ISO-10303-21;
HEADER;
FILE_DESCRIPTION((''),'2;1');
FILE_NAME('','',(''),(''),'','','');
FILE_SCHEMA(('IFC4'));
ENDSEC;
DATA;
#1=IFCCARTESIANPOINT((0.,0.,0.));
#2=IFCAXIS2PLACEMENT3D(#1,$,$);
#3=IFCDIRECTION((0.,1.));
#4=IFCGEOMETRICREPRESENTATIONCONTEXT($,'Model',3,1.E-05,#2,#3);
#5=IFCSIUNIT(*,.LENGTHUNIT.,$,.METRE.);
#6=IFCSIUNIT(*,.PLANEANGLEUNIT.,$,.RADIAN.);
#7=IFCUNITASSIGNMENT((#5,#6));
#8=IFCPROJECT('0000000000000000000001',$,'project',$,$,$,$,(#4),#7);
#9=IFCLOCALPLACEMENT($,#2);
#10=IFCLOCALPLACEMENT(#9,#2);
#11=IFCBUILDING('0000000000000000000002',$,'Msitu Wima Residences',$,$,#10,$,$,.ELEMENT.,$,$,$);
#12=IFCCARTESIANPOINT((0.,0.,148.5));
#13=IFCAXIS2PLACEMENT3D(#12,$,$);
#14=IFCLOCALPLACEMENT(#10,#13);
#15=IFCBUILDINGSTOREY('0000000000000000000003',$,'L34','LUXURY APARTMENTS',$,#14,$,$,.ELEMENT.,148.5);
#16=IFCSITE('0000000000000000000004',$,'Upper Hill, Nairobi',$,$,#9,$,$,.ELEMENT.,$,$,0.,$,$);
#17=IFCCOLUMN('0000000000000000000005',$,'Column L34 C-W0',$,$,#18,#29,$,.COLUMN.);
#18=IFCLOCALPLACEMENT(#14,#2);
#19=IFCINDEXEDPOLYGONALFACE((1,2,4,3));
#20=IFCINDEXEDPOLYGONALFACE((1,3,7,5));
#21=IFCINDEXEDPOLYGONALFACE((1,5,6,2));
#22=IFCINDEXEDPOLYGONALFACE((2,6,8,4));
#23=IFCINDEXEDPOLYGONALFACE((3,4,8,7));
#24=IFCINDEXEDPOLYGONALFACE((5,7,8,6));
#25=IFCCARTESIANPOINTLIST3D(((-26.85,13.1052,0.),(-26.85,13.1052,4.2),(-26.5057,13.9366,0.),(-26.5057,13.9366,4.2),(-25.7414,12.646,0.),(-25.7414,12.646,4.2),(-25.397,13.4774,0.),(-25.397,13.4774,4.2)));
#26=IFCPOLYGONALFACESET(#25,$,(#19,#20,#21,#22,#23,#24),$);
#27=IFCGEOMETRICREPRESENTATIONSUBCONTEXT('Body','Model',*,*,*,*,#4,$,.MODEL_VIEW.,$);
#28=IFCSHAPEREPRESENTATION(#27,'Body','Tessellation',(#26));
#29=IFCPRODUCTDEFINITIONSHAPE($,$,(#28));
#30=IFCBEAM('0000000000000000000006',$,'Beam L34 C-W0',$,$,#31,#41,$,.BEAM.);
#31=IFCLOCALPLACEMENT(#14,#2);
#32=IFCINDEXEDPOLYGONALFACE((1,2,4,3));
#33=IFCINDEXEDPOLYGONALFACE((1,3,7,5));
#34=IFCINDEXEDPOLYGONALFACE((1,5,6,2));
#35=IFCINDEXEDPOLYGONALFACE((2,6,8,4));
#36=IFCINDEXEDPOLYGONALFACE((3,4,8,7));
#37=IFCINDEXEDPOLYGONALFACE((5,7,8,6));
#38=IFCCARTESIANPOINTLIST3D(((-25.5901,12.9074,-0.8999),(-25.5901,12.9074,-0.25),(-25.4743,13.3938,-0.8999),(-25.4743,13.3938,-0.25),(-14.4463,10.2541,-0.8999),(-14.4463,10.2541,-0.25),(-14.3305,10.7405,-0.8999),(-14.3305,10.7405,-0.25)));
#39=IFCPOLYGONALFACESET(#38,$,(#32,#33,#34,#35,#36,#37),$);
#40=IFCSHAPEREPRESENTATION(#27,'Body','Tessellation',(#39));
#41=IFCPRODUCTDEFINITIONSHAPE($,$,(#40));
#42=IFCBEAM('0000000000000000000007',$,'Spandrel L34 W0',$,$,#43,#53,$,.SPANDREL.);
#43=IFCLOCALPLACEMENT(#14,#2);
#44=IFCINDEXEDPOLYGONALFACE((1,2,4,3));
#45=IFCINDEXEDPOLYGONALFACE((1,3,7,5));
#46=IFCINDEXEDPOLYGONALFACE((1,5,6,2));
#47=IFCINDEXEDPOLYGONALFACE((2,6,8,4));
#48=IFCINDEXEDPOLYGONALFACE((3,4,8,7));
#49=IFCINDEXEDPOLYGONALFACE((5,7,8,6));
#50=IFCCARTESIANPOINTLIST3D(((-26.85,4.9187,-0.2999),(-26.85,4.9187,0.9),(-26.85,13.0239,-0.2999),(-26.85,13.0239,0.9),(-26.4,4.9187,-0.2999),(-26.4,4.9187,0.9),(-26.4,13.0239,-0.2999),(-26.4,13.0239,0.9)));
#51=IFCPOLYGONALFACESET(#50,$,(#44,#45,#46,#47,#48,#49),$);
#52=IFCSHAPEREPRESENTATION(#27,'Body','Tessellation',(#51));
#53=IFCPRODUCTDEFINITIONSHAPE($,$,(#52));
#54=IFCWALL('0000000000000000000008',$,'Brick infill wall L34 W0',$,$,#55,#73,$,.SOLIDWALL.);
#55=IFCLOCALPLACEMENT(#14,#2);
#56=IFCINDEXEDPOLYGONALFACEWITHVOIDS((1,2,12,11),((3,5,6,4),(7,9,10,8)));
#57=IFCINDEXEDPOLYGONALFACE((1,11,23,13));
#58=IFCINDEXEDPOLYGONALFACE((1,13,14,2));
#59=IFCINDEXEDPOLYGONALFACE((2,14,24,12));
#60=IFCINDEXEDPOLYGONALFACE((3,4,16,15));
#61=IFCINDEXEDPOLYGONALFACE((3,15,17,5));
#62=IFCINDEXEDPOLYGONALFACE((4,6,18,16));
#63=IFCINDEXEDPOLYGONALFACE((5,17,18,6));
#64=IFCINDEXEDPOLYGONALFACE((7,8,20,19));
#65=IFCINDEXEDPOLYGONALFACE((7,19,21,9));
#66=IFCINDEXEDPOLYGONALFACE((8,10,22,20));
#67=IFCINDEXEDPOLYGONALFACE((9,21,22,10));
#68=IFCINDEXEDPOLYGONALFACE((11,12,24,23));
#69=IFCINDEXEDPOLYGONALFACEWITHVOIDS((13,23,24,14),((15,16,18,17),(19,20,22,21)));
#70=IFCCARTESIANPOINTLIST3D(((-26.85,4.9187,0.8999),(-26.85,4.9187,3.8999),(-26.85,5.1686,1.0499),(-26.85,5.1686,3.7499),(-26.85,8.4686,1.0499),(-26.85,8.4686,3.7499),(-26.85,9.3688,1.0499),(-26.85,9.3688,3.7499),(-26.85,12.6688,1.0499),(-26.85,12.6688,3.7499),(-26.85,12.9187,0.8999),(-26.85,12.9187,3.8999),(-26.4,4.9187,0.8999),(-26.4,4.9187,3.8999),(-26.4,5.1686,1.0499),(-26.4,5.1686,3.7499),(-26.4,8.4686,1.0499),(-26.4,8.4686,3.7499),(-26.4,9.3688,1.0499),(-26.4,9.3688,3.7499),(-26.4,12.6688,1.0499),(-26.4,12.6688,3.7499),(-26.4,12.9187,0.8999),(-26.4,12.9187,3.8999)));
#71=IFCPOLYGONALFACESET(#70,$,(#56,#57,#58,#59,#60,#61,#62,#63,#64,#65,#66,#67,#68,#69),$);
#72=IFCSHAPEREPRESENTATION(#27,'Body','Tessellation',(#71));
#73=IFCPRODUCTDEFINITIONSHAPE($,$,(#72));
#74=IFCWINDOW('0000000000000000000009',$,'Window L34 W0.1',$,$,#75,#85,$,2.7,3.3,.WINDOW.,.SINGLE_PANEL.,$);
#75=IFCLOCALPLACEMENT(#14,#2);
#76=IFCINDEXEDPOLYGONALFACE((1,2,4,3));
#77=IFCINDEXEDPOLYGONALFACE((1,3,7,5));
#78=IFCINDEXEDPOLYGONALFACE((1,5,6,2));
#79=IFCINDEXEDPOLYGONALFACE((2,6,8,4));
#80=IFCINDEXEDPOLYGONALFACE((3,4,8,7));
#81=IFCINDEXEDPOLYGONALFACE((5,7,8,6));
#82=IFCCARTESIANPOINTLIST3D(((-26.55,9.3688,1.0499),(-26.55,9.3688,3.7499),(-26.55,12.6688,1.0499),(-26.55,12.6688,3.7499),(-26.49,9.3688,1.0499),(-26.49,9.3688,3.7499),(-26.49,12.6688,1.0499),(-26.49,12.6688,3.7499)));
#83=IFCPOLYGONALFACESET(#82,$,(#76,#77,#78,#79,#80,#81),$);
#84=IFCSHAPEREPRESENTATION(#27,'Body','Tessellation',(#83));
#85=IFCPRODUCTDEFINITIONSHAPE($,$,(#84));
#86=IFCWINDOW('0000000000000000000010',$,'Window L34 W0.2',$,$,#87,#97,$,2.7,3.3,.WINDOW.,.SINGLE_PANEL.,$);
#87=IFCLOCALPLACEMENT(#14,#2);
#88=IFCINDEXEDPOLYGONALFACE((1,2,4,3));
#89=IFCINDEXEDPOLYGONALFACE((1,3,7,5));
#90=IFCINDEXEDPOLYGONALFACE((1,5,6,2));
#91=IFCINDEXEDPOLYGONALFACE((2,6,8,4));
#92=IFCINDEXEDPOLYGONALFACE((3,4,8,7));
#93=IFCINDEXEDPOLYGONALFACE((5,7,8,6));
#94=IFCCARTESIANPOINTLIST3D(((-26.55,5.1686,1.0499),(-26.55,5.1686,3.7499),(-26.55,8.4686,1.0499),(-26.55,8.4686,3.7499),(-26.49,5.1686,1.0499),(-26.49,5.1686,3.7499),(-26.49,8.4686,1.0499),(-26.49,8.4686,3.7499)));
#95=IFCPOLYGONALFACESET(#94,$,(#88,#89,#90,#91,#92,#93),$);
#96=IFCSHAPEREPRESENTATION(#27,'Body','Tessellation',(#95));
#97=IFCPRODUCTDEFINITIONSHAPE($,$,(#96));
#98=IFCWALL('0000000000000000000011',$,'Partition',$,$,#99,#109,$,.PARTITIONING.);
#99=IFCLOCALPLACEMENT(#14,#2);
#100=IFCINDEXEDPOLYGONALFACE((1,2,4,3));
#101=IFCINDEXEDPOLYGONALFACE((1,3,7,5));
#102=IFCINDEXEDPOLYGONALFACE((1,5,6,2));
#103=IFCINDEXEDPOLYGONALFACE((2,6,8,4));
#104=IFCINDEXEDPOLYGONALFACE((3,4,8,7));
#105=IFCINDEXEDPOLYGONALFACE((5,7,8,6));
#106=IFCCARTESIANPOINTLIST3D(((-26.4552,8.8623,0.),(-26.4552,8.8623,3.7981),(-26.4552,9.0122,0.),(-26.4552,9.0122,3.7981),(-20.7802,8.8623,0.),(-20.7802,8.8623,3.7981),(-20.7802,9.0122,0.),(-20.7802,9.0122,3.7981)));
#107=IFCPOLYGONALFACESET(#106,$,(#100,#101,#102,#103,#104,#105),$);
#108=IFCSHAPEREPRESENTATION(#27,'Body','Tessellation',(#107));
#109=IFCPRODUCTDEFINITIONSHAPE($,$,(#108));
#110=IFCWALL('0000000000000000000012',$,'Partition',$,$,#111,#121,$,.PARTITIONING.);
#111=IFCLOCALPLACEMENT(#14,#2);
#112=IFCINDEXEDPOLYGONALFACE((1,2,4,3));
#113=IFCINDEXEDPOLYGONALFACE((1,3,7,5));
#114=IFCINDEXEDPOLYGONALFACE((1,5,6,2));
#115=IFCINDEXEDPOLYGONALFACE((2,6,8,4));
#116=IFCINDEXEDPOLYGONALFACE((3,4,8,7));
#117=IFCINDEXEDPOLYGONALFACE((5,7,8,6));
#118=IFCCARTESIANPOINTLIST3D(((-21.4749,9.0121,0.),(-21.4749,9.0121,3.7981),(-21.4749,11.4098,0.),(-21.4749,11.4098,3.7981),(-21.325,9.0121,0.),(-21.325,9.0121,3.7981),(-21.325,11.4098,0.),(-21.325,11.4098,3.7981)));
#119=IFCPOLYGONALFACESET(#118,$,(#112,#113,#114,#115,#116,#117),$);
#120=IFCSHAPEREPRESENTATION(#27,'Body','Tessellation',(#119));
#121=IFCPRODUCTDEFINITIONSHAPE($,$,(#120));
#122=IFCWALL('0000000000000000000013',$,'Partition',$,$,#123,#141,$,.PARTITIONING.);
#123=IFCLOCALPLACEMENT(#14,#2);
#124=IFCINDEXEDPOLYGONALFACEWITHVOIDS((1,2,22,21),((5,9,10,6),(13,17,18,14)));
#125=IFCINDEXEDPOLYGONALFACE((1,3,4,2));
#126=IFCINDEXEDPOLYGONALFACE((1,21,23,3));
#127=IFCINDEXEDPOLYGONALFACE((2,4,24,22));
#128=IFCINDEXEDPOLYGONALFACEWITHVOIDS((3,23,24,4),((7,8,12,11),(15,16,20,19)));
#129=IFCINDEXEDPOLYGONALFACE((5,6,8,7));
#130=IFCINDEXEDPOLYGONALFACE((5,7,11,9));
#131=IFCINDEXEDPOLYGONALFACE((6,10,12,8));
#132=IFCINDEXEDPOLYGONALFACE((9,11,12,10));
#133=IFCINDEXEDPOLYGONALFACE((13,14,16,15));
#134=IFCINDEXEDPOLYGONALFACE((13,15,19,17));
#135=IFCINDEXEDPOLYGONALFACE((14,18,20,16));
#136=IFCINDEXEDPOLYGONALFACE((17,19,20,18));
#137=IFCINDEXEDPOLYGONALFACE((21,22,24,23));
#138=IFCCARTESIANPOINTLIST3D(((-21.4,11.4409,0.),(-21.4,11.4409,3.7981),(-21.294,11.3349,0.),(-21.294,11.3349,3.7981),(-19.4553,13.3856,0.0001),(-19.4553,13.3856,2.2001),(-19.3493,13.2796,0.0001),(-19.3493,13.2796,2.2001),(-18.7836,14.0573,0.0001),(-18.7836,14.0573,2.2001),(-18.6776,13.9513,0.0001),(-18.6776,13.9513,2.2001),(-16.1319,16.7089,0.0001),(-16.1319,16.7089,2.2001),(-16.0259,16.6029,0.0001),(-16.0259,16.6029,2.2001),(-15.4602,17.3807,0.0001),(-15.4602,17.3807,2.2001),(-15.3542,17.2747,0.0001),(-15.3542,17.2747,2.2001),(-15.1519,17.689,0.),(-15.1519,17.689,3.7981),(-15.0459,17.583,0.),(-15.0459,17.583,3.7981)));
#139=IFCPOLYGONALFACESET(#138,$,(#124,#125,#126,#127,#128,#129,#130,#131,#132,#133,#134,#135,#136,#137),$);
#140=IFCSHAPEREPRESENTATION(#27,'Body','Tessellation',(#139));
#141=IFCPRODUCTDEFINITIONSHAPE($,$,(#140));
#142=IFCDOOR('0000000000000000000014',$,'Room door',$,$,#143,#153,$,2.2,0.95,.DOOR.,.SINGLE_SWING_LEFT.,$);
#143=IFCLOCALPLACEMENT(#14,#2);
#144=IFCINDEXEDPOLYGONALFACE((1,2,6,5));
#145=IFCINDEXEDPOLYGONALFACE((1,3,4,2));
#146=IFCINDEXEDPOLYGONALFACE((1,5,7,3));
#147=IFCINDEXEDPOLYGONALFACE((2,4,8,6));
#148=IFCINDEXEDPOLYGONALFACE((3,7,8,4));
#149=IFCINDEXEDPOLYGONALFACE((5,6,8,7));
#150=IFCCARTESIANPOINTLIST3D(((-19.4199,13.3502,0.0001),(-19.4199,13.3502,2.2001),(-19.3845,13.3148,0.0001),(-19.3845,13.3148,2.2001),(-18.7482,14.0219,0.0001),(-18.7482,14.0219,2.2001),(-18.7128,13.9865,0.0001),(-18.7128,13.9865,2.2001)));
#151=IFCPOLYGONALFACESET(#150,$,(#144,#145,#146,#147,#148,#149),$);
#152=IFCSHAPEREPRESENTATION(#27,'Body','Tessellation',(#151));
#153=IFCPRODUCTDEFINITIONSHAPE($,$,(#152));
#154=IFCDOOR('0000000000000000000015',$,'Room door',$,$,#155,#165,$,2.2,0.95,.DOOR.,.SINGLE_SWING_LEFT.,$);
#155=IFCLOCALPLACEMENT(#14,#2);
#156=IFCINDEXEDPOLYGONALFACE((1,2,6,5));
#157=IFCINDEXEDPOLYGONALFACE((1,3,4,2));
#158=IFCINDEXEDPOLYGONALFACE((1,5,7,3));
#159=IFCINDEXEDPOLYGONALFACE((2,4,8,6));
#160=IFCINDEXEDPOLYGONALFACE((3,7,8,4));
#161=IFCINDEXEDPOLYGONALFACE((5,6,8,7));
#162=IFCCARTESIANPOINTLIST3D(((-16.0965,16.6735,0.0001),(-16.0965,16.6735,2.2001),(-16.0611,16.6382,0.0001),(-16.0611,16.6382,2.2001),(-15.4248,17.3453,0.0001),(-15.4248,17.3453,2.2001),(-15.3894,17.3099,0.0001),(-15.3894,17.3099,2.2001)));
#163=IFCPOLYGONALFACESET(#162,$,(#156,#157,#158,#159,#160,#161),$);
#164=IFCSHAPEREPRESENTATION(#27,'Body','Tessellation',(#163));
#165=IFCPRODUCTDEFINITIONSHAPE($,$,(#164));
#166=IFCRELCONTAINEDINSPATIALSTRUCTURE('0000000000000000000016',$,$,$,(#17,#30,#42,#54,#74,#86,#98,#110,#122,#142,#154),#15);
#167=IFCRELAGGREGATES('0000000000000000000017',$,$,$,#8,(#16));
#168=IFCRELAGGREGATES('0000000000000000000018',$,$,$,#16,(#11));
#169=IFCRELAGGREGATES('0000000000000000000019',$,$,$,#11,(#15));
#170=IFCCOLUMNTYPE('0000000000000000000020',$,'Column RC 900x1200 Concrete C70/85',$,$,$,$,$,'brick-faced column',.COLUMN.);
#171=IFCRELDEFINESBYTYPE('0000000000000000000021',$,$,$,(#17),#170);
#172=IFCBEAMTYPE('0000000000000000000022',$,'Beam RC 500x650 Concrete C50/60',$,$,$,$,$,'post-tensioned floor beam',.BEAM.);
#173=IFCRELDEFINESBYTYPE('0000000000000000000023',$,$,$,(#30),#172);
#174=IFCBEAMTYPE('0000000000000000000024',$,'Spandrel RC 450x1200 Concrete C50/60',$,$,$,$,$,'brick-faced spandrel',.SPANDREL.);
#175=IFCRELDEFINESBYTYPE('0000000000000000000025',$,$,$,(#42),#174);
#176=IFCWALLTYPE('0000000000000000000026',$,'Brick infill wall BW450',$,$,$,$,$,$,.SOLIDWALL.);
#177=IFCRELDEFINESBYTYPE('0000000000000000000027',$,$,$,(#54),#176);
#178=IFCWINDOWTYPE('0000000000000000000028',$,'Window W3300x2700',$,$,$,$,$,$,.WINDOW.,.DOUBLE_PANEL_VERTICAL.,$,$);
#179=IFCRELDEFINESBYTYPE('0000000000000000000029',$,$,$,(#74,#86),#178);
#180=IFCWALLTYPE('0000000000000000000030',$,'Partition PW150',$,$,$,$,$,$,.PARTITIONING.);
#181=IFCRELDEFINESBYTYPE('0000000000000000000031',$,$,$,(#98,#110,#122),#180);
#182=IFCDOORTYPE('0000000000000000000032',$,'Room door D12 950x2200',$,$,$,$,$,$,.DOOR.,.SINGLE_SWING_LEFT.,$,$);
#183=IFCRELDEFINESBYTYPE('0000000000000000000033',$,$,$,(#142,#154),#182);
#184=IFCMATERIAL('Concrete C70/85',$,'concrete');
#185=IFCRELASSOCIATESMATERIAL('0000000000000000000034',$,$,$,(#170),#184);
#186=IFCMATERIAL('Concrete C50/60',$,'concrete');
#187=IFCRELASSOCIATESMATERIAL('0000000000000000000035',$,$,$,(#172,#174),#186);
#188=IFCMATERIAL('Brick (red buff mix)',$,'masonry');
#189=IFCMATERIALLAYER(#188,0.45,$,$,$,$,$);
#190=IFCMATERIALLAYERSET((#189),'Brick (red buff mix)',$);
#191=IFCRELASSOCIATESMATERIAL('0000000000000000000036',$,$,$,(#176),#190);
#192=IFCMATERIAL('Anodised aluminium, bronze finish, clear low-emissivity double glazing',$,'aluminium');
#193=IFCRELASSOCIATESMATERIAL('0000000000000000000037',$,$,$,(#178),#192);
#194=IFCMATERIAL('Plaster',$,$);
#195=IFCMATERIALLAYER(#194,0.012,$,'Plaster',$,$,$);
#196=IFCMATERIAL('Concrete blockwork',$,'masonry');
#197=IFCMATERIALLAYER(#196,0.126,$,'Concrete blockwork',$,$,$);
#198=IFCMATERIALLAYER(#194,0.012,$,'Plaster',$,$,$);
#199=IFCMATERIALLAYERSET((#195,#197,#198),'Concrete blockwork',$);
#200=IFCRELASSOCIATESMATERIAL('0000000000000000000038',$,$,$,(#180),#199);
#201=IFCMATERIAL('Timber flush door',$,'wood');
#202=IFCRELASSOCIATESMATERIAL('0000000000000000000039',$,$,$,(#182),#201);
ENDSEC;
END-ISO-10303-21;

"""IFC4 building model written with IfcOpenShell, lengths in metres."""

from ifc_helpers import new_model, si_unit, direction, frame, frame_2d, origin, origin_2d, place, context, subcontext, project, spatial, rectangle, extrude, material, layer, layer_set, material_profile, profile_set, type_object, element, fill, save


model = new_model("IFC4")

# Units and contexts
model_context = context("Model", 3, precision=1e-05, world=origin(), true_north=direction((0.0, 1.0)))
body_context = subcontext(model_context, "Body", "Model", "MODEL_VIEW")
ifc_project = project(units=[si_unit("LENGTHUNIT", "METRE"), si_unit("PLANEANGLEUNIT", "RADIAN")], contexts=[model_context])

# Site, building, storey
site_placement = place(None, origin())
site = spatial("IfcSite", under=ifc_project, at=site_placement, Name="Upper Hill, Nairobi", CompositionType="ELEMENT", RefElevation=0.0)
building_placement = place(site_placement, origin())
building = spatial("IfcBuilding", under=site, at=building_placement, Name="Msitu Wima Residences", CompositionType="ELEMENT")
storey_placement = place(building_placement, frame((0.0, 0.0, 148.5)))
storey = spatial("IfcBuildingStorey", under=building, at=storey_placement, Name="L34", Description="LUXURY APARTMENTS", CompositionType="ELEMENT", Elevation=148.5)

# Column
ifc_material_1 = material(Name="Concrete C70/85", Category="concrete")
ifc_material_profile_1 = material_profile(ifc_material_1, rectangle(XDim=0.8999, YDim=1.2, at=origin_2d()), Name="RC 900x1200")
ifc_profile_set_1 = profile_set([ifc_material_profile_1], Name="Concrete C70/85")
column_type = type_object("IfcColumnType", Name="Column RC 900x1200 Concrete C70/85", ElementType="brick-faced column", PredefinedType="COLUMN", material=ifc_profile_set_1)
column_placement = place(storey_placement, frame((-26.1235, 13.2913, 0.0), z_axis=(0.0, 0.0, 1.0), x_axis=(-0.382683, -0.92388, 0.0)))
element("IfcColumn", 1, at=column_placement, inside=storey, type_object=column_type, Name="Column L34 C-W0", PredefinedType="COLUMN", context=body_context, shape_type="SweptSolid", body=[
    extrude(rectangle(XDim=0.8999, YDim=1.2, at=origin_2d()), origin(), (0.0, 0.0, 1.0), 4.2),
])

# Beams
ifc_material_2 = material(Name="Concrete C50/60", Category="concrete")
ifc_material_profile_2 = material_profile(ifc_material_2, rectangle(XDim=0.5, YDim=0.6499, at=origin_2d()), Name="RC 500x650")
ifc_profile_set_2 = profile_set([ifc_material_profile_2], Name="Concrete C50/60")
beam_type_1 = type_object("IfcBeamType", Name="Beam RC 500x650 Concrete C50/60", ElementType="post-tensioned floor beam", PredefinedType="BEAM", material=ifc_profile_set_2)
beam_1_placement = place(storey_placement, frame((-25.5322, 13.1506, -0.575), z_axis=(0.972806, -0.231623, 0.0), x_axis=(0.231623, 0.972806, 0.0)))
element("IfcBeam", 2, at=beam_1_placement, inside=storey, type_object=beam_type_1, Name="Beam L34 C-W0", PredefinedType="BEAM", context=body_context, shape_type="SweptSolid", body=[
    extrude(rectangle(XDim=0.5, YDim=0.6499, at=origin_2d()), origin(), (0.0, 0.0, 1.0), 11.4553),
])
ifc_material_profile_3 = material_profile(ifc_material_2, rectangle(XDim=0.45, YDim=1.2, at=origin_2d()), Name="RC 450x1200")
ifc_profile_set_3 = profile_set([ifc_material_profile_3], Name="Concrete C50/60")
beam_type_2 = type_object("IfcBeamType", Name="Spandrel RC 450x1200 Concrete C50/60", ElementType="brick-faced spandrel", PredefinedType="SPANDREL", material=ifc_profile_set_3)
beam_2_placement = place(storey_placement, frame((-26.625, 13.0239, 0.3), z_axis=(0.0, -1.0, 0.0), x_axis=(1.0, 0.0, 0.0)))
element("IfcBeam", 3, at=beam_2_placement, inside=storey, type_object=beam_type_2, Name="Spandrel L34 W0", PredefinedType="SPANDREL", context=body_context, shape_type="SweptSolid", body=[
    extrude(rectangle(XDim=0.45, YDim=1.2, at=origin_2d()), origin(), (0.0, 0.0, 1.0), 8.1052),
])

# Wall, openings, windows
ifc_material_3 = material(Name="Brick (red buff mix)", Category="masonry")
ifc_layer_1 = layer(ifc_material_3, 0.45)
ifc_layer_set_1 = layer_set([ifc_layer_1], Name="Brick (red buff mix)")
wall_type_1 = type_object("IfcWallType", Name="Brick infill wall BW450", PredefinedType="SOLIDWALL", material=ifc_layer_set_1)
wall_1_placement = place(storey_placement, frame((-26.625, 12.9187, 0.8999), z_axis=(0.0, 0.0, 1.0), x_axis=(0.0, -1.0, 0.0)))
wall_1 = element("IfcWall", 4, at=wall_1_placement, inside=storey, type_object=wall_type_1, Name="Brick infill wall L34 W0", PredefinedType="SOLIDWALL", context=body_context, shape_type="SweptSolid", body=[
    extrude(rectangle(XDim=8.0, YDim=0.45, at=frame_2d((4.0, 0.0))), origin(), (0.0, 0.0, 1.0), 3.0),
])
opening_1_placement = place(wall_1_placement, frame((0.25, 0.0, 0.1499)))
opening_1 = element("IfcOpeningElement", 5, at=opening_1_placement, cuts=wall_1, PredefinedType="OPENING", context=body_context, shape_type="SweptSolid", body=[
    extrude(rectangle(XDim=3.3, YDim=2.7, at=frame_2d((1.6499, 1.3501))), frame((0.0, 0.2349, 0.0), z_axis=(0.0, -1.0, 0.0), x_axis=(1.0, 0.0, 0.0)), (0.0, 0.0, 1.0), 0.47),
])
opening_2_placement = place(wall_1_placement, frame((4.4502, 0.0, 0.1499)))
opening_2 = element("IfcOpeningElement", 6, at=opening_2_placement, cuts=wall_1, PredefinedType="OPENING", context=body_context, shape_type="SweptSolid", body=[
    extrude(rectangle(XDim=3.3, YDim=2.7, at=frame_2d((1.6499, 1.3501))), frame((0.0, 0.2349, 0.0), z_axis=(0.0, -1.0, 0.0), x_axis=(1.0, 0.0, 0.0)), (0.0, 0.0, 1.0), 0.47),
])
ifc_material_4 = material(Name="Anodised aluminium, bronze finish, clear low-emissivity double glazing", Category="aluminium")
window_type = type_object("IfcWindowType", Name="Window W3300x2700", PartitioningType="DOUBLE_PANEL_VERTICAL", PredefinedType="WINDOW", material=ifc_material_4)
window_1_placement = place(opening_1_placement, origin())
window_1 = element("IfcWindow", 7, at=window_1_placement, inside=storey, type_object=window_type, Name="Window L34 W0.1", OverallHeight=2.7, OverallWidth=3.3, PartitioningType="SINGLE_PANEL", PredefinedType="WINDOW", context=body_context, shape_type="SweptSolid", body=[
    extrude(rectangle(XDim=3.3, YDim=2.7, at=frame_2d((1.6499, 1.3501))), frame((0.0, 0.135, 0.0), z_axis=(0.0, -1.0, 0.0), x_axis=(1.0, 0.0, 0.0)), (0.0, 0.0, 1.0), 0.0601),
])
fill(opening_1, window_1)
window_2_placement = place(opening_2_placement, origin())
window_2 = element("IfcWindow", 8, at=window_2_placement, inside=storey, type_object=window_type, Name="Window L34 W0.2", OverallHeight=2.7, OverallWidth=3.3, PartitioningType="SINGLE_PANEL", PredefinedType="WINDOW", context=body_context, shape_type="SweptSolid", body=[
    extrude(rectangle(XDim=3.3, YDim=2.7, at=frame_2d((1.6499, 1.3501))), frame((0.0, 0.135, 0.0), z_axis=(0.0, -1.0, 0.0), x_axis=(1.0, 0.0, 0.0)), (0.0, 0.0, 1.0), 0.0601),
])
fill(opening_2, window_2)

# Walls
ifc_material_5 = material(Name="Plaster")
ifc_layer_2 = layer(ifc_material_5, 0.012, Name="Plaster")
ifc_material_6 = material(Name="Concrete blockwork", Category="masonry")
ifc_layer_3 = layer(ifc_material_6, 0.126, Name="Concrete blockwork")
ifc_layer_4 = layer(ifc_material_5, 0.012, Name="Plaster")
ifc_layer_set_2 = layer_set([ifc_layer_2, ifc_layer_3, ifc_layer_4], Name="Concrete blockwork")
wall_type_2 = type_object("IfcWallType", Name="Partition PW150", PredefinedType="PARTITIONING", material=ifc_layer_set_2)
wall_2_placement = place(storey_placement, frame((-26.4551, 8.9373, 0.0), z_axis=(0.0, 0.0, 1.0), x_axis=(1.0, 0.0, 0.0)))
element("IfcWall", 9, at=wall_2_placement, inside=storey, type_object=wall_type_2, Name="Partition", PredefinedType="PARTITIONING", context=body_context, shape_type="SweptSolid", body=[
    extrude(rectangle(XDim=5.675, YDim=0.1499, at=frame_2d((2.8374, 0.0))), origin(), (0.0, 0.0, 1.0), 3.7981),
])
wall_3_placement = place(storey_placement, frame((-21.3999, 9.0122, 0.0), z_axis=(0.0, 0.0, 1.0), x_axis=(0.0, 1.0, 0.0)))
element("IfcWall", 10, at=wall_3_placement, inside=storey, type_object=wall_type_2, Name="Partition", PredefinedType="PARTITIONING", context=body_context, shape_type="SweptSolid", body=[
    extrude(rectangle(XDim=2.3977, YDim=0.1499, at=frame_2d((1.1987, 0.0))), origin(), (0.0, 0.0, 1.0), 3.7981),
])

# Wall, openings, doors
wall_4_placement = place(storey_placement, frame((-21.3469, 11.3879, 0.0), z_axis=(0.0, 0.0, 1.0), x_axis=(0.707107, 0.707107, 0.0)))
wall_4 = element("IfcWall", 11, at=wall_4_placement, inside=storey, type_object=wall_type_2, Name="Partition", PredefinedType="PARTITIONING", context=body_context, shape_type="SweptSolid", body=[
    extrude(rectangle(XDim=8.8362, YDim=0.1499, at=frame_2d((4.418, 0.0))), origin(), (0.0, 0.0, 1.0), 3.7981),
])
opening_3_placement = place(wall_4_placement, frame((2.75, 0.0, 0.0)))
opening_3 = element("IfcOpeningElement", 12, at=opening_3_placement, cuts=wall_4, PredefinedType="OPENING", context=body_context, shape_type="SweptSolid", body=[
    extrude(rectangle(XDim=0.95, YDim=2.2, at=frame_2d((0.4751, 1.1001))), frame((0.0, 0.085, 0.0), z_axis=(0.0, -1.0, 0.0), x_axis=(1.0, 0.0, 0.0)), (0.0, 0.0, 1.0), 0.1699),
])
opening_4_placement = place(wall_4_placement, frame((7.45, 0.0, 0.0)))
opening_4 = element("IfcOpeningElement", 13, at=opening_4_placement, cuts=wall_4, PredefinedType="OPENING", context=body_context, shape_type="SweptSolid", body=[
    extrude(rectangle(XDim=0.95, YDim=2.2, at=frame_2d((0.4751, 1.1001))), frame((0.0, 0.085, 0.0), z_axis=(0.0, -1.0, 0.0), x_axis=(1.0, 0.0, 0.0)), (0.0, 0.0, 1.0), 0.1699),
])
ifc_material_7 = material(Name="Timber flush door", Category="wood")
door_type_1 = type_object("IfcDoorType", Name="Room door D12 950x2200", OperationType="SINGLE_SWING_LEFT", PredefinedType="DOOR", material=ifc_material_7)
door_1_placement = place(opening_3_placement, origin())
door_1 = element("IfcDoor", 14, at=door_1_placement, inside=storey, type_object=door_type_1, Name="Room door", OperationType="SINGLE_SWING_LEFT", OverallHeight=2.2, OverallWidth=0.95, PredefinedType="DOOR", context=body_context, shape_type="SweptSolid", body=[
    extrude(rectangle(XDim=0.95, YDim=2.2, at=frame_2d((0.4751, 1.1001))), frame((0.0, 0.0249, 0.0), z_axis=(0.0, -1.0, 0.0), x_axis=(1.0, 0.0, 0.0)), (0.0, 0.0, 1.0), 0.05),
])
fill(opening_3, door_1)
door_2_placement = place(opening_4_placement, origin())
door_2 = element("IfcDoor", 15, at=door_2_placement, inside=storey, type_object=door_type_1, Name="Room door", OperationType="SINGLE_SWING_LEFT", OverallHeight=2.2, OverallWidth=0.95, PredefinedType="DOOR", context=body_context, shape_type="SweptSolid", body=[
    extrude(rectangle(XDim=0.95, YDim=2.2, at=frame_2d((0.4751, 1.1001))), frame((0.0, 0.0249, 0.0), z_axis=(0.0, -1.0, 0.0), x_axis=(1.0, 0.0, 0.0)), (0.0, 0.0, 1.0), 0.05),
])
fill(opening_4, door_2)

save(model, "model.ifc")
